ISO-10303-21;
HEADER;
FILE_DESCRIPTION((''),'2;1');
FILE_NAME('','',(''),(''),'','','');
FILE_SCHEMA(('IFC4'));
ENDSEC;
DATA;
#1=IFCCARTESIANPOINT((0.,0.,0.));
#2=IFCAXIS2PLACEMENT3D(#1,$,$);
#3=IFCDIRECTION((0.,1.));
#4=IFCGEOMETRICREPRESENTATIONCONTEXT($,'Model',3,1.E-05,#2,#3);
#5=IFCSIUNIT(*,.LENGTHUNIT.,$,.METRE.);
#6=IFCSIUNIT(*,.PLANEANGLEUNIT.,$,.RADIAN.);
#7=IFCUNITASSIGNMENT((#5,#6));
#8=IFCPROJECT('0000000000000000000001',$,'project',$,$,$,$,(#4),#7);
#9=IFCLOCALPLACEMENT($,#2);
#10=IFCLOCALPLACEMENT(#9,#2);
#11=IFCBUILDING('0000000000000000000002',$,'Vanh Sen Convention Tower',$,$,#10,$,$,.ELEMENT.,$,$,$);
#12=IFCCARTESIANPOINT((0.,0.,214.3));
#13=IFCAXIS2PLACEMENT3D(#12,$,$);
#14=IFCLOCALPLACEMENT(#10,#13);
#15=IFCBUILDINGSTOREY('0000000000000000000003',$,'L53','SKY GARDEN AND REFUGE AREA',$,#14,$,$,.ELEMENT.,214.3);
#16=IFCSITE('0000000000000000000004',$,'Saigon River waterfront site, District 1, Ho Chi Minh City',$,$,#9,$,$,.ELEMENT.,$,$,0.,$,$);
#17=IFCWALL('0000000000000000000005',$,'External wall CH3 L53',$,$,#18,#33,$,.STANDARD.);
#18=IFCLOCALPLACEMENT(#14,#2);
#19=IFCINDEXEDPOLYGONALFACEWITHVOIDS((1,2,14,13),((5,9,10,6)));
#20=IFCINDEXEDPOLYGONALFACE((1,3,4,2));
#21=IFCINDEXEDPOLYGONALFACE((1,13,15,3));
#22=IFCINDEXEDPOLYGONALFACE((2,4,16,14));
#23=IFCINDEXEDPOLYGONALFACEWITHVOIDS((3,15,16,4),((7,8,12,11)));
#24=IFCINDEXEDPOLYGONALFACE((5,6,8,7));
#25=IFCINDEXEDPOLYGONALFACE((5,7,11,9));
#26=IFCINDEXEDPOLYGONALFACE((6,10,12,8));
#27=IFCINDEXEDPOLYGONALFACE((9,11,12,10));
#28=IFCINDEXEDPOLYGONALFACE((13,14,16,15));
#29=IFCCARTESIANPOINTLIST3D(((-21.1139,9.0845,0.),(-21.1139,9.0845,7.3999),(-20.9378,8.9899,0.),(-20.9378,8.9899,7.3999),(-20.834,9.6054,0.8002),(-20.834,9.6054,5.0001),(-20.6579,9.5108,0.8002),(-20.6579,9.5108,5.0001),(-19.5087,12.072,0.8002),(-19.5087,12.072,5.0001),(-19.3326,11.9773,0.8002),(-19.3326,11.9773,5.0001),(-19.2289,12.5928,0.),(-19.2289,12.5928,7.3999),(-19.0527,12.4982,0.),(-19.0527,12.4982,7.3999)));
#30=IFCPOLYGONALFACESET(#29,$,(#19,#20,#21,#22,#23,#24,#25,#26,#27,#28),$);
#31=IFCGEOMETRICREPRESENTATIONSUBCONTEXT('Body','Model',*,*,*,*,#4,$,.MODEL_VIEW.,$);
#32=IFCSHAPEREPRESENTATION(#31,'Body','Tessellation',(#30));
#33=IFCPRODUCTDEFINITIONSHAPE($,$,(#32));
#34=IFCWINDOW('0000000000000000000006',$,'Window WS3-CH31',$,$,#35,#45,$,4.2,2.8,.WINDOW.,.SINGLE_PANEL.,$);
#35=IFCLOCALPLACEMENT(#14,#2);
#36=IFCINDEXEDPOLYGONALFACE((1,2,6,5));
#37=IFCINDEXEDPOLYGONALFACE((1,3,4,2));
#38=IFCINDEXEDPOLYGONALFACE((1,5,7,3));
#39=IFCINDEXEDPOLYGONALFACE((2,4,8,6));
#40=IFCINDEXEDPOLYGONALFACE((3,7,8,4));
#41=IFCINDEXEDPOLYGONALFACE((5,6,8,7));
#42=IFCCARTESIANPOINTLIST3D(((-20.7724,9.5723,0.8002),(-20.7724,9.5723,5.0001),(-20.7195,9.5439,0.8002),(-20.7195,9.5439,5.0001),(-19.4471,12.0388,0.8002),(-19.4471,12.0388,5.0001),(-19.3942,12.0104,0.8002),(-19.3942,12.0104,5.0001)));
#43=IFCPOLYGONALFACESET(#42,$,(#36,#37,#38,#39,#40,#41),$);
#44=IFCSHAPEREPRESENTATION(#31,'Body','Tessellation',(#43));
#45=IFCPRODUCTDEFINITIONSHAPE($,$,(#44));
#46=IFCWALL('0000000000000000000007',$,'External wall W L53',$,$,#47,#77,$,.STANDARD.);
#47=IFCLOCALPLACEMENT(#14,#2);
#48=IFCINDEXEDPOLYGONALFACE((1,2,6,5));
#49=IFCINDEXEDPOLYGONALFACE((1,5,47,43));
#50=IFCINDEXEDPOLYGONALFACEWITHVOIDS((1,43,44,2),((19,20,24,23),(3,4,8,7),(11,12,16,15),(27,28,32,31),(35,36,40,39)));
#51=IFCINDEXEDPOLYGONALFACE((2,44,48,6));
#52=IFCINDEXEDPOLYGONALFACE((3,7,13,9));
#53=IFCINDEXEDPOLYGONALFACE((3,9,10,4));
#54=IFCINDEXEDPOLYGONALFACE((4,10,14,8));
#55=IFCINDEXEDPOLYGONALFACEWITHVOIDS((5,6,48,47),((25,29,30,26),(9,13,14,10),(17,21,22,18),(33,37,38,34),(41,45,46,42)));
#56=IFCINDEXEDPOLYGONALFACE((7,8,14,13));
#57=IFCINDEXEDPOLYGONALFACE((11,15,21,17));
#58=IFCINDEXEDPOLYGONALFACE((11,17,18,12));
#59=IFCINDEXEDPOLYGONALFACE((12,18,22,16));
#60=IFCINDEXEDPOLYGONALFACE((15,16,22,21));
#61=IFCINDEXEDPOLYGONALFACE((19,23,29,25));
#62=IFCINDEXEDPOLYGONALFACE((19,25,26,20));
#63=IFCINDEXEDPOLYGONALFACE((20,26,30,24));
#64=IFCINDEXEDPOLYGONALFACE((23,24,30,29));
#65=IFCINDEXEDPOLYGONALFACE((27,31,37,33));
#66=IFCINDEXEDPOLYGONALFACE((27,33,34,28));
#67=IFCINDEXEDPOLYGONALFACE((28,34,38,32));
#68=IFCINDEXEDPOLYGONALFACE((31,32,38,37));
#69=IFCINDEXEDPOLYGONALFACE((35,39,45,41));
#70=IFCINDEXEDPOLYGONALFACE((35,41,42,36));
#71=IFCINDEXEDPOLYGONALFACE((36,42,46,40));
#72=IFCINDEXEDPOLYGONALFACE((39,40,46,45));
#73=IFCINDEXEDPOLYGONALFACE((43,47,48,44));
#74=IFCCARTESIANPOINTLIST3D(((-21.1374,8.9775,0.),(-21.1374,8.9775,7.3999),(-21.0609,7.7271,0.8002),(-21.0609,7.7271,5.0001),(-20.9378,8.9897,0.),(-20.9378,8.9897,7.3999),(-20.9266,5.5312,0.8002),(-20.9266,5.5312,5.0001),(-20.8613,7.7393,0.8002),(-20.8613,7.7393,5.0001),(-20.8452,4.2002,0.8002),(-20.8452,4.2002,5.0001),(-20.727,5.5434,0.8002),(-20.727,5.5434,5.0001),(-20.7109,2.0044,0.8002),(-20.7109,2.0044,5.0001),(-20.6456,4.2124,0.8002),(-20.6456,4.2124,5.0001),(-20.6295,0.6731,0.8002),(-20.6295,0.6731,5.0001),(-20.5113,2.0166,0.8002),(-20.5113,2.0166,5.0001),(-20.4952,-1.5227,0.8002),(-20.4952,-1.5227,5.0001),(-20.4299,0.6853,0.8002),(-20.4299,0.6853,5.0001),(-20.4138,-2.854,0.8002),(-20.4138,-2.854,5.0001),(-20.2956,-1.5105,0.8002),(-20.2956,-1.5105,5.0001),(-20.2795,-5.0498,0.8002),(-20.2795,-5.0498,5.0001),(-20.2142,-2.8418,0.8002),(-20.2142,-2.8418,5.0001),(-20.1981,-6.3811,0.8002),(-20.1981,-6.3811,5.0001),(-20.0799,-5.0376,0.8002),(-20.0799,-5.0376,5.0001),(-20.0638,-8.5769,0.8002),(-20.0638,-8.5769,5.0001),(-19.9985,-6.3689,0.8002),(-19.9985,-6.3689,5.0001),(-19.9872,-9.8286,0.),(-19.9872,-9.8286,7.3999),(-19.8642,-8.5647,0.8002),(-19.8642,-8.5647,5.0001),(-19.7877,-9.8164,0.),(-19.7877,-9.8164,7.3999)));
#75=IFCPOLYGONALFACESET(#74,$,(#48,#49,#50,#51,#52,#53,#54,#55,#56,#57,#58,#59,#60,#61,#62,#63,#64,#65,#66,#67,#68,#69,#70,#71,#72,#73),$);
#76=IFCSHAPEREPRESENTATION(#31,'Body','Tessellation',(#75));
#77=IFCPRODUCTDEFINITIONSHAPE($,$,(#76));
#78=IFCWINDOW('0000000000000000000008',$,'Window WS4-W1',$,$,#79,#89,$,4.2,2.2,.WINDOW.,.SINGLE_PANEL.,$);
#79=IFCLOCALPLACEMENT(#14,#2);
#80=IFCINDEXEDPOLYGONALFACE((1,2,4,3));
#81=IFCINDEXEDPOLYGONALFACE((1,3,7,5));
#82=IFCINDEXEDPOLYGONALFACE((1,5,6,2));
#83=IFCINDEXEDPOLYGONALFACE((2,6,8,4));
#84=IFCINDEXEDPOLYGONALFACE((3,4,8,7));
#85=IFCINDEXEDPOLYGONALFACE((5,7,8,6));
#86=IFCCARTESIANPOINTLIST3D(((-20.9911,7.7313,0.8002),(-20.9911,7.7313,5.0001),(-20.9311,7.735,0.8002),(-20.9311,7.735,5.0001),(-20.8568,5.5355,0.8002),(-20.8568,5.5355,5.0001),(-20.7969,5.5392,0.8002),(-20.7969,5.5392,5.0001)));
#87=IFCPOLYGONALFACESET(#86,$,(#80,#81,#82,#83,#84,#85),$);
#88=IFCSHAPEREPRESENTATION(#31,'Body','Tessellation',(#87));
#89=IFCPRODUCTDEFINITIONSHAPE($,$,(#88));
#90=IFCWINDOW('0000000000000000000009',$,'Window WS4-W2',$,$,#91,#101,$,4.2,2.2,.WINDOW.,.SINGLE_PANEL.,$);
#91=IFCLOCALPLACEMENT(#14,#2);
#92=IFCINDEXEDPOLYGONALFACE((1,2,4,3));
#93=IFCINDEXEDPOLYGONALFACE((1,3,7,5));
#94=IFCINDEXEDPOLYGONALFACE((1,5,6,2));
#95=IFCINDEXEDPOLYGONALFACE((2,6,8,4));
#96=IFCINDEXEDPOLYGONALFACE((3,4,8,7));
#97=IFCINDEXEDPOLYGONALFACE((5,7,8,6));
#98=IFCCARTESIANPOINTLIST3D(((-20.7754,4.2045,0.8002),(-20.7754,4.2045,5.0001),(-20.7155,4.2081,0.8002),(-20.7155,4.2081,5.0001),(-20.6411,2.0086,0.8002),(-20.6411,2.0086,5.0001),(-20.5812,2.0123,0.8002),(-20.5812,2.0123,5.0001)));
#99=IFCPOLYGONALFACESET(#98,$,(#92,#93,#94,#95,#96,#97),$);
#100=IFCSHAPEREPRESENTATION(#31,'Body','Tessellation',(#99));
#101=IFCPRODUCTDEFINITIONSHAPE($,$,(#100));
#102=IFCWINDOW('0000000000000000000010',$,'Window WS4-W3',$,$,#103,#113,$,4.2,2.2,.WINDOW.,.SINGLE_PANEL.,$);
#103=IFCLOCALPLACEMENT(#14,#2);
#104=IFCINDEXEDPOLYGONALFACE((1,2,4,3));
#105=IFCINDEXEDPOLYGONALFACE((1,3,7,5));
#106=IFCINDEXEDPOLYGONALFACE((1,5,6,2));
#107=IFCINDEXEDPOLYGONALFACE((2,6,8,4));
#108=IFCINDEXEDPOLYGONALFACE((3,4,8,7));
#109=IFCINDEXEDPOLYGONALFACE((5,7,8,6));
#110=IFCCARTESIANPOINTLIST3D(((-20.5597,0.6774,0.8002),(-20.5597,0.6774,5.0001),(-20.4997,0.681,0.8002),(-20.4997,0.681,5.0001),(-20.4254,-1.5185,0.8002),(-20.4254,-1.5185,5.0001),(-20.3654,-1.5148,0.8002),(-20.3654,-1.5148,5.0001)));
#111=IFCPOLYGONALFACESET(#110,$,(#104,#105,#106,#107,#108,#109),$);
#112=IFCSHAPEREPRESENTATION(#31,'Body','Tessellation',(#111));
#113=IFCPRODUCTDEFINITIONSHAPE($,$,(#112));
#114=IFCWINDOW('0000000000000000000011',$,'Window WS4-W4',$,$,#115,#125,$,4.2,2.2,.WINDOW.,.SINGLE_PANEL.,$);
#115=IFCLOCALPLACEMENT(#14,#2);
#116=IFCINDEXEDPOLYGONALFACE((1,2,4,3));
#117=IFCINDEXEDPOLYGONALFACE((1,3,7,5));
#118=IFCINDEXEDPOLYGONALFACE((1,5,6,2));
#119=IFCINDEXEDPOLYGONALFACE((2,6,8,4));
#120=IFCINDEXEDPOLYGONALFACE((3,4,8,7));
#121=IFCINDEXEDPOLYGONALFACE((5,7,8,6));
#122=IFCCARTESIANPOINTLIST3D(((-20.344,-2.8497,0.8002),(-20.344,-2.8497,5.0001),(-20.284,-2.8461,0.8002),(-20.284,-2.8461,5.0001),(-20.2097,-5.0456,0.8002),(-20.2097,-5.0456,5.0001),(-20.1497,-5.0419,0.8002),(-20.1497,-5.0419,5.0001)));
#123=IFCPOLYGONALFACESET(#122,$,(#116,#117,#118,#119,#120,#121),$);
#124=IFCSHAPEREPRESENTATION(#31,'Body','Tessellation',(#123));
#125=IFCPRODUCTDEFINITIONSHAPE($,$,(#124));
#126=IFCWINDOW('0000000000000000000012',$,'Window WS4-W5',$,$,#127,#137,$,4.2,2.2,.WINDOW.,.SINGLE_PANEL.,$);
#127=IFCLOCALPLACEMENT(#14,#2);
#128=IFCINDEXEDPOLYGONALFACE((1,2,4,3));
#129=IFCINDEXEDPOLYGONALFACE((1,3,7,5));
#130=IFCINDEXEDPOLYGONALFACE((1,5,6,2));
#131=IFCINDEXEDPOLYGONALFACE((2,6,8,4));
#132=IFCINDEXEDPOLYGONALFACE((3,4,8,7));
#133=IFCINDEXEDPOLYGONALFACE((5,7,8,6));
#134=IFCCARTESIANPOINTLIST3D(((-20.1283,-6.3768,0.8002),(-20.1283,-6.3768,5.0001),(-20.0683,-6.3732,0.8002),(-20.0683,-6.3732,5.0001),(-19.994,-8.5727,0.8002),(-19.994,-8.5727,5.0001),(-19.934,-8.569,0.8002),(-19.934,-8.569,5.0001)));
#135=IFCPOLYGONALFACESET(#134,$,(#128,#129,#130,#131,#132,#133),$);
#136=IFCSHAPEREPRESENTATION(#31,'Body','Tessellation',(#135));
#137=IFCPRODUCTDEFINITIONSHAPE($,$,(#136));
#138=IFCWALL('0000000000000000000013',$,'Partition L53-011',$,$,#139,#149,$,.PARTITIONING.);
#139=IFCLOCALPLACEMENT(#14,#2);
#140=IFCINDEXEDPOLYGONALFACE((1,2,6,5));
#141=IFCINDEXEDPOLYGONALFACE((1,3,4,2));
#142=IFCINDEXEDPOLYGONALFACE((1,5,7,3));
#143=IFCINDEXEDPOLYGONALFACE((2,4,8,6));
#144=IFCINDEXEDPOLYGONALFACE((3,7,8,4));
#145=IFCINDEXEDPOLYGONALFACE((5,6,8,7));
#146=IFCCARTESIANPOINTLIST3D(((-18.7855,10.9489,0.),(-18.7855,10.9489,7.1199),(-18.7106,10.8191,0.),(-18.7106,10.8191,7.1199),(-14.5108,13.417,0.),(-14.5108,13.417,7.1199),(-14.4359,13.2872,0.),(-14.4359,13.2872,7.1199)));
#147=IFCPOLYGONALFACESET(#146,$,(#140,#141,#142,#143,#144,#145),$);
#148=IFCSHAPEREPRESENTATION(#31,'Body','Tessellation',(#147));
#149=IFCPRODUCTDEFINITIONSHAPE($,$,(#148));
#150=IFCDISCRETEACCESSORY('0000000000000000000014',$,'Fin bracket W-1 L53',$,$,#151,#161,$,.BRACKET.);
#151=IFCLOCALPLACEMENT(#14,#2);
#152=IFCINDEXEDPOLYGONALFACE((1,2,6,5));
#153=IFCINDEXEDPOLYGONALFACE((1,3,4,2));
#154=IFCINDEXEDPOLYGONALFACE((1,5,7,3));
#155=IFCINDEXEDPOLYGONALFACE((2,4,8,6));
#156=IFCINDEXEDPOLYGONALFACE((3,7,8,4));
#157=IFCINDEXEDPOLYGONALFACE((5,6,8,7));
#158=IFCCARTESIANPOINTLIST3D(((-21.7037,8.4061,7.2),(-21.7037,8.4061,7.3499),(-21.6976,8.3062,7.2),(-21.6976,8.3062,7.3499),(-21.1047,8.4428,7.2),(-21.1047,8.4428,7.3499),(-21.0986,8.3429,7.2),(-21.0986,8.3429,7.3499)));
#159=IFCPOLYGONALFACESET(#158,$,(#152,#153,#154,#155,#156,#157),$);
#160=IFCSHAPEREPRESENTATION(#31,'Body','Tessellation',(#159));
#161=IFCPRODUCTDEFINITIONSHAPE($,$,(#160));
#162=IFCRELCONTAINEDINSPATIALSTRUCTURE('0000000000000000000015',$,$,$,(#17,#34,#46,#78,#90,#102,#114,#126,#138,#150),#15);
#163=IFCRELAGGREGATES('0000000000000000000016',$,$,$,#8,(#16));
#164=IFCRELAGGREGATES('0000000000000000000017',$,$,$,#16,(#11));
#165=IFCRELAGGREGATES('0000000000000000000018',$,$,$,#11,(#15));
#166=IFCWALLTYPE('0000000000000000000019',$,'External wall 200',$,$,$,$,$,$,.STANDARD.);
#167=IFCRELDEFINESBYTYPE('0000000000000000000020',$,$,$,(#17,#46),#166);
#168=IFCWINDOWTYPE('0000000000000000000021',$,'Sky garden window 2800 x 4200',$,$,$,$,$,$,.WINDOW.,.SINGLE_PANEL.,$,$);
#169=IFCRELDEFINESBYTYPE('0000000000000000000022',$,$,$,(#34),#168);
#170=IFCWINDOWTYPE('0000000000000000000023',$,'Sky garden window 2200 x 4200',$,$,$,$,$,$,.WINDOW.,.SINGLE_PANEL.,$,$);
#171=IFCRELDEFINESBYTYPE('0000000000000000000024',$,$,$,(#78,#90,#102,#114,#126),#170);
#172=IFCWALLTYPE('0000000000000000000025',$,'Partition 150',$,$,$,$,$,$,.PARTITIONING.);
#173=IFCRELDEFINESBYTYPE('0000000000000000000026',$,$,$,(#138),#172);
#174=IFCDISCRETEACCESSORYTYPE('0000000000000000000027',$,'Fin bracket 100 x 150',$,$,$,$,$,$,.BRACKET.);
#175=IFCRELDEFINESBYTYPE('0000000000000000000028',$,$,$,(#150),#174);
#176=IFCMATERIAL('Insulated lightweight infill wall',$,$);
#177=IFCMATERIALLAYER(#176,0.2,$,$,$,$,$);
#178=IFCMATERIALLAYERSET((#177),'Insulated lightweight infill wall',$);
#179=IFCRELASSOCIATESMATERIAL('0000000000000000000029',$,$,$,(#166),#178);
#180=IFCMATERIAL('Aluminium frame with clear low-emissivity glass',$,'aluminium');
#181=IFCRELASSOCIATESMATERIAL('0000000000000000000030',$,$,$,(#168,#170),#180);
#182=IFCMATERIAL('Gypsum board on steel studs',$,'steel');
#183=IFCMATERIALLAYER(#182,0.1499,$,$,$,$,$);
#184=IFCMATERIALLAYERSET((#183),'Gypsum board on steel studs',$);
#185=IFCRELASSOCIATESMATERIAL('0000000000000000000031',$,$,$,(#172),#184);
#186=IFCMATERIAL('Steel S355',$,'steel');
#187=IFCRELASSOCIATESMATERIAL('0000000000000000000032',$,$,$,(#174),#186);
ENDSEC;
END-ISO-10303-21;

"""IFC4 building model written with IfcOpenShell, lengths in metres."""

from ifc_helpers import new_model, si_unit, direction, frame, frame_2d, origin, origin_2d, place, context, subcontext, project, spatial, rectangle, extrude, material, layer, layer_set, type_object, element, fill, save


model = new_model("IFC4")

# Units and contexts
model_context = context("Model", 3, precision=1e-05, world=origin(), true_north=direction((0.0, 1.0)))
body_context = subcontext(model_context, "Body", "Model", "MODEL_VIEW")
ifc_project = project(units=[si_unit("LENGTHUNIT", "METRE"), si_unit("PLANEANGLEUNIT", "RADIAN")], contexts=[model_context])

# Site, building, storey
site_placement = place(None, origin())
site = spatial("IfcSite", under=ifc_project, at=site_placement, Name="Saigon River waterfront site, District 1, Ho Chi Minh City", CompositionType="ELEMENT", RefElevation=0.0)
building_placement = place(site_placement, origin())
building = spatial("IfcBuilding", under=site, at=building_placement, Name="Vanh Sen Convention Tower", CompositionType="ELEMENT")
storey_placement = place(building_placement, frame((0.0, 0.0, 214.3)))
storey = spatial("IfcBuildingStorey", under=building, at=storey_placement, Name="L53", Description="SKY GARDEN AND REFUGE AREA", CompositionType="ELEMENT", Elevation=214.3)

# Wall, opening, window
ifc_material_1 = material(Name="Insulated lightweight infill wall")
ifc_layer_1 = layer(ifc_material_1, 0.2)
ifc_layer_set_1 = layer_set([ifc_layer_1], Name="Insulated lightweight infill wall")
wall_type_1 = type_object("IfcWallType", Name="External wall 200", PredefinedType="STANDARD", material=ifc_layer_set_1)
wall_1_placement = place(storey_placement, frame((-19.1409, 12.5454, 0.0), z_axis=(0.0, 0.0, 1.0), x_axis=(-0.473306, -0.880898, 0.0)))
wall_1 = element("IfcWall", 1, at=wall_1_placement, inside=storey, type_object=wall_type_1, Name="External wall CH3 L53", PredefinedType="STANDARD", context=body_context, shape_type="SweptSolid", body=[
    extrude(rectangle(XDim=3.9827, YDim=0.2, at=frame_2d((1.9912, 0.0))), origin(), (0.0, 0.0, 1.0), 7.3999),
])
opening_1_placement = place(wall_1_placement, frame((0.5913, 0.0, 0.8)))
opening_1 = element("IfcOpeningElement", 2, at=opening_1_placement, cuts=wall_1, PredefinedType="OPENING", context=body_context, shape_type="SweptSolid", body=[
    extrude(rectangle(XDim=2.8, YDim=4.2, at=frame_2d((1.3999, 2.1001))), frame((0.0, 0.1099, 0.0), z_axis=(0.0, -1.0, 0.0), x_axis=(1.0, 0.0, 0.0)), (0.0, 0.0, 1.0), 0.22),
])
ifc_material_2 = material(Name="Aluminium frame with clear low-emissivity glass", Category="aluminium")
window_type_1 = type_object("IfcWindowType", Name="Sky garden window 2800 x 4200", PartitioningType="SINGLE_PANEL", PredefinedType="WINDOW", material=ifc_material_2)
window_1_placement = place(opening_1_placement, origin())
window_1 = element("IfcWindow", 3, at=window_1_placement, inside=storey, type_object=window_type_1, Name="Window WS3-CH31", OverallHeight=4.2, OverallWidth=2.8, PartitioningType="SINGLE_PANEL", PredefinedType="WINDOW", context=body_context, shape_type="SweptSolid", body=[
    extrude(rectangle(XDim=2.8, YDim=4.2, at=frame_2d((1.3999, 2.1001))), frame((0.0, 0.03, 0.0), z_axis=(0.0, -1.0, 0.0), x_axis=(1.0, 0.0, 0.0)), (0.0, 0.0, 1.0), 0.0601),
])
fill(opening_1, window_1)

# Wall, openings, windows
wall_2_placement = place(storey_placement, frame((-21.0376, 8.9836, 0.0), z_axis=(0.0, 0.0, 1.0), x_axis=(0.061044, -0.998135, 0.0)))
wall_2 = element("IfcWall", 4, at=wall_2_placement, inside=storey, type_object=wall_type_1, Name="External wall W L53", PredefinedType="STANDARD", context=body_context, shape_type="SweptSolid", body=[
    extrude(rectangle(XDim=18.8413, YDim=0.2, at=frame_2d((9.4207, 0.0))), origin(), (0.0, 0.0, 1.0), 7.3999),
])
opening_2_placement = place(wall_2_placement, frame((1.2527, 0.0, 0.8)))
opening_2 = element("IfcOpeningElement", 5, at=opening_2_placement, cuts=wall_2, PredefinedType="OPENING", context=body_context, shape_type="SweptSolid", body=[
    extrude(rectangle(XDim=2.2, YDim=4.2, at=frame_2d((1.1001, 2.1001))), frame((0.0, 0.1099, 0.0), z_axis=(0.0, -1.0, 0.0), x_axis=(1.0, 0.0, 0.0)), (0.0, 0.0, 1.0), 0.22),
])
opening_3_placement = place(wall_2_placement, frame((4.7861, 0.0, 0.8)))
opening_3 = element("IfcOpeningElement", 6, at=opening_3_placement, cuts=wall_2, PredefinedType="OPENING", context=body_context, shape_type="SweptSolid", body=[
    extrude(rectangle(XDim=2.2, YDim=4.2, at=frame_2d((1.1001, 2.1001))), frame((0.0, 0.1099, 0.0), z_axis=(0.0, -1.0, 0.0), x_axis=(1.0, 0.0, 0.0)), (0.0, 0.0, 1.0), 0.22),
])
opening_4_placement = place(wall_2_placement, frame((8.3198, 0.0, 0.8)))
opening_4 = element("IfcOpeningElement", 7, at=opening_4_placement, cuts=wall_2, PredefinedType="OPENING", context=body_context, shape_type="SweptSolid", body=[
    extrude(rectangle(XDim=2.2, YDim=4.2, at=frame_2d((1.1001, 2.1001))), frame((0.0, 0.1099, 0.0), z_axis=(0.0, -1.0, 0.0), x_axis=(1.0, 0.0, 0.0)), (0.0, 0.0, 1.0), 0.22),
])
opening_5_placement = place(wall_2_placement, frame((11.8535, 0.0, 0.8)))
opening_5 = element("IfcOpeningElement", 8, at=opening_5_placement, cuts=wall_2, PredefinedType="OPENING", context=body_context, shape_type="SweptSolid", body=[
    extrude(rectangle(XDim=2.2, YDim=4.2, at=frame_2d((1.1001, 2.1001))), frame((0.0, 0.1099, 0.0), z_axis=(0.0, -1.0, 0.0), x_axis=(1.0, 0.0, 0.0)), (0.0, 0.0, 1.0), 0.22),
])
opening_6_placement = place(wall_2_placement, frame((15.3872, 0.0, 0.8)))
opening_6 = element("IfcOpeningElement", 9, at=opening_6_placement, cuts=wall_2, PredefinedType="OPENING", context=body_context, shape_type="SweptSolid", body=[
    extrude(rectangle(XDim=2.2, YDim=4.2, at=frame_2d((1.1001, 2.1001))), frame((0.0, 0.1099, 0.0), z_axis=(0.0, -1.0, 0.0), x_axis=(1.0, 0.0, 0.0)), (0.0, 0.0, 1.0), 0.22),
])
window_type_2 = type_object("IfcWindowType", Name="Sky garden window 2200 x 4200", PartitioningType="SINGLE_PANEL", PredefinedType="WINDOW", material=ifc_material_2)
window_2_placement = place(opening_2_placement, origin())
window_2 = element("IfcWindow", 10, at=window_2_placement, inside=storey, type_object=window_type_2, Name="Window WS4-W1", OverallHeight=4.2, OverallWidth=2.2, PartitioningType="SINGLE_PANEL", PredefinedType="WINDOW", context=body_context, shape_type="SweptSolid", body=[
    extrude(rectangle(XDim=2.2, YDim=4.2, at=frame_2d((1.1001, 2.1001))), frame((0.0, 0.03, 0.0), z_axis=(0.0, -1.0, 0.0), x_axis=(1.0, 0.0, 0.0)), (0.0, 0.0, 1.0), 0.0601),
])
fill(opening_2, window_2)
window_3_placement = place(opening_3_placement, origin())
window_3 = element("IfcWindow", 11, at=window_3_placement, inside=storey, type_object=window_type_2, Name="Window WS4-W2", OverallHeight=4.2, OverallWidth=2.2, PartitioningType="SINGLE_PANEL", PredefinedType="WINDOW", context=body_context, shape_type="SweptSolid", body=[
    extrude(rectangle(XDim=2.2, YDim=4.2, at=frame_2d((1.1001, 2.1001))), frame((0.0, 0.03, 0.0), z_axis=(0.0, -1.0, 0.0), x_axis=(1.0, 0.0, 0.0)), (0.0, 0.0, 1.0), 0.0601),
])
fill(opening_3, window_3)
window_4_placement = place(opening_4_placement, origin())
window_4 = element("IfcWindow", 12, at=window_4_placement, inside=storey, type_object=window_type_2, Name="Window WS4-W3", OverallHeight=4.2, OverallWidth=2.2, PartitioningType="SINGLE_PANEL", PredefinedType="WINDOW", context=body_context, shape_type="SweptSolid", body=[
    extrude(rectangle(XDim=2.2, YDim=4.2, at=frame_2d((1.1001, 2.1001))), frame((0.0, 0.03, 0.0), z_axis=(0.0, -1.0, 0.0), x_axis=(1.0, 0.0, 0.0)), (0.0, 0.0, 1.0), 0.0601),
])
fill(opening_4, window_4)
window_5_placement = place(opening_5_placement, origin())
window_5 = element("IfcWindow", 13, at=window_5_placement, inside=storey, type_object=window_type_2, Name="Window WS4-W4", OverallHeight=4.2, OverallWidth=2.2, PartitioningType="SINGLE_PANEL", PredefinedType="WINDOW", context=body_context, shape_type="SweptSolid", body=[
    extrude(rectangle(XDim=2.2, YDim=4.2, at=frame_2d((1.1001, 2.1001))), frame((0.0, 0.03, 0.0), z_axis=(0.0, -1.0, 0.0), x_axis=(1.0, 0.0, 0.0)), (0.0, 0.0, 1.0), 0.0601),
])
fill(opening_5, window_5)
window_6_placement = place(opening_6_placement, origin())
window_6 = element("IfcWindow", 14, at=window_6_placement, inside=storey, type_object=window_type_2, Name="Window WS4-W5", OverallHeight=4.2, OverallWidth=2.2, PartitioningType="SINGLE_PANEL", PredefinedType="WINDOW", context=body_context, shape_type="SweptSolid", body=[
    extrude(rectangle(XDim=2.2, YDim=4.2, at=frame_2d((1.1001, 2.1001))), frame((0.0, 0.03, 0.0), z_axis=(0.0, -1.0, 0.0), x_axis=(1.0, 0.0, 0.0)), (0.0, 0.0, 1.0), 0.0601),
])
fill(opening_6, window_6)

# Wall
ifc_material_3 = material(Name="Gypsum board on steel studs", Category="steel")
ifc_layer_2 = layer(ifc_material_3, 0.1499)
ifc_layer_set_2 = layer_set([ifc_layer_2], Name="Gypsum board on steel studs")
wall_type_2 = type_object("IfcWallType", Name="Partition 150", PredefinedType="PARTITIONING", material=ifc_layer_set_2)
wall_3_placement = place(storey_placement, frame((-18.748, 10.884, 0.0), z_axis=(0.0, 0.0, 1.0), x_axis=(0.866022, 0.500006, 0.0)))
element("IfcWall", 15, at=wall_3_placement, inside=storey, type_object=wall_type_2, Name="Partition L53-011", PredefinedType="PARTITIONING", context=body_context, shape_type="SweptSolid", body=[
    extrude(rectangle(XDim=4.936, YDim=0.1499, at=frame_2d((2.468, 0.0))), origin(), (0.0, 0.0, 1.0), 7.1199),
])

# Discrete accessory
ifc_material_4 = material(Name="Steel S355", Category="steel")
discrete_accessory_type = type_object("IfcDiscreteAccessoryType", Name="Fin bracket 100 x 150", PredefinedType="BRACKET", material=ifc_material_4)
discrete_accessory_placement = place(storey_placement, frame((-21.4011, 8.3745, 7.2), z_axis=(0.0, 0.0, 1.0), x_axis=(-0.998135, -0.061049, 0.0)))
element("IfcDiscreteAccessory", 16, at=discrete_accessory_placement, inside=storey, type_object=discrete_accessory_type, Name="Fin bracket W-1 L53", PredefinedType="BRACKET", context=body_context, shape_type="SweptSolid", body=[
    extrude(rectangle(XDim=0.6001, YDim=0.1001, at=origin_2d()), origin(), (0.0, 0.0, 1.0), 0.1499),
])

save(model, "model.ifc")
